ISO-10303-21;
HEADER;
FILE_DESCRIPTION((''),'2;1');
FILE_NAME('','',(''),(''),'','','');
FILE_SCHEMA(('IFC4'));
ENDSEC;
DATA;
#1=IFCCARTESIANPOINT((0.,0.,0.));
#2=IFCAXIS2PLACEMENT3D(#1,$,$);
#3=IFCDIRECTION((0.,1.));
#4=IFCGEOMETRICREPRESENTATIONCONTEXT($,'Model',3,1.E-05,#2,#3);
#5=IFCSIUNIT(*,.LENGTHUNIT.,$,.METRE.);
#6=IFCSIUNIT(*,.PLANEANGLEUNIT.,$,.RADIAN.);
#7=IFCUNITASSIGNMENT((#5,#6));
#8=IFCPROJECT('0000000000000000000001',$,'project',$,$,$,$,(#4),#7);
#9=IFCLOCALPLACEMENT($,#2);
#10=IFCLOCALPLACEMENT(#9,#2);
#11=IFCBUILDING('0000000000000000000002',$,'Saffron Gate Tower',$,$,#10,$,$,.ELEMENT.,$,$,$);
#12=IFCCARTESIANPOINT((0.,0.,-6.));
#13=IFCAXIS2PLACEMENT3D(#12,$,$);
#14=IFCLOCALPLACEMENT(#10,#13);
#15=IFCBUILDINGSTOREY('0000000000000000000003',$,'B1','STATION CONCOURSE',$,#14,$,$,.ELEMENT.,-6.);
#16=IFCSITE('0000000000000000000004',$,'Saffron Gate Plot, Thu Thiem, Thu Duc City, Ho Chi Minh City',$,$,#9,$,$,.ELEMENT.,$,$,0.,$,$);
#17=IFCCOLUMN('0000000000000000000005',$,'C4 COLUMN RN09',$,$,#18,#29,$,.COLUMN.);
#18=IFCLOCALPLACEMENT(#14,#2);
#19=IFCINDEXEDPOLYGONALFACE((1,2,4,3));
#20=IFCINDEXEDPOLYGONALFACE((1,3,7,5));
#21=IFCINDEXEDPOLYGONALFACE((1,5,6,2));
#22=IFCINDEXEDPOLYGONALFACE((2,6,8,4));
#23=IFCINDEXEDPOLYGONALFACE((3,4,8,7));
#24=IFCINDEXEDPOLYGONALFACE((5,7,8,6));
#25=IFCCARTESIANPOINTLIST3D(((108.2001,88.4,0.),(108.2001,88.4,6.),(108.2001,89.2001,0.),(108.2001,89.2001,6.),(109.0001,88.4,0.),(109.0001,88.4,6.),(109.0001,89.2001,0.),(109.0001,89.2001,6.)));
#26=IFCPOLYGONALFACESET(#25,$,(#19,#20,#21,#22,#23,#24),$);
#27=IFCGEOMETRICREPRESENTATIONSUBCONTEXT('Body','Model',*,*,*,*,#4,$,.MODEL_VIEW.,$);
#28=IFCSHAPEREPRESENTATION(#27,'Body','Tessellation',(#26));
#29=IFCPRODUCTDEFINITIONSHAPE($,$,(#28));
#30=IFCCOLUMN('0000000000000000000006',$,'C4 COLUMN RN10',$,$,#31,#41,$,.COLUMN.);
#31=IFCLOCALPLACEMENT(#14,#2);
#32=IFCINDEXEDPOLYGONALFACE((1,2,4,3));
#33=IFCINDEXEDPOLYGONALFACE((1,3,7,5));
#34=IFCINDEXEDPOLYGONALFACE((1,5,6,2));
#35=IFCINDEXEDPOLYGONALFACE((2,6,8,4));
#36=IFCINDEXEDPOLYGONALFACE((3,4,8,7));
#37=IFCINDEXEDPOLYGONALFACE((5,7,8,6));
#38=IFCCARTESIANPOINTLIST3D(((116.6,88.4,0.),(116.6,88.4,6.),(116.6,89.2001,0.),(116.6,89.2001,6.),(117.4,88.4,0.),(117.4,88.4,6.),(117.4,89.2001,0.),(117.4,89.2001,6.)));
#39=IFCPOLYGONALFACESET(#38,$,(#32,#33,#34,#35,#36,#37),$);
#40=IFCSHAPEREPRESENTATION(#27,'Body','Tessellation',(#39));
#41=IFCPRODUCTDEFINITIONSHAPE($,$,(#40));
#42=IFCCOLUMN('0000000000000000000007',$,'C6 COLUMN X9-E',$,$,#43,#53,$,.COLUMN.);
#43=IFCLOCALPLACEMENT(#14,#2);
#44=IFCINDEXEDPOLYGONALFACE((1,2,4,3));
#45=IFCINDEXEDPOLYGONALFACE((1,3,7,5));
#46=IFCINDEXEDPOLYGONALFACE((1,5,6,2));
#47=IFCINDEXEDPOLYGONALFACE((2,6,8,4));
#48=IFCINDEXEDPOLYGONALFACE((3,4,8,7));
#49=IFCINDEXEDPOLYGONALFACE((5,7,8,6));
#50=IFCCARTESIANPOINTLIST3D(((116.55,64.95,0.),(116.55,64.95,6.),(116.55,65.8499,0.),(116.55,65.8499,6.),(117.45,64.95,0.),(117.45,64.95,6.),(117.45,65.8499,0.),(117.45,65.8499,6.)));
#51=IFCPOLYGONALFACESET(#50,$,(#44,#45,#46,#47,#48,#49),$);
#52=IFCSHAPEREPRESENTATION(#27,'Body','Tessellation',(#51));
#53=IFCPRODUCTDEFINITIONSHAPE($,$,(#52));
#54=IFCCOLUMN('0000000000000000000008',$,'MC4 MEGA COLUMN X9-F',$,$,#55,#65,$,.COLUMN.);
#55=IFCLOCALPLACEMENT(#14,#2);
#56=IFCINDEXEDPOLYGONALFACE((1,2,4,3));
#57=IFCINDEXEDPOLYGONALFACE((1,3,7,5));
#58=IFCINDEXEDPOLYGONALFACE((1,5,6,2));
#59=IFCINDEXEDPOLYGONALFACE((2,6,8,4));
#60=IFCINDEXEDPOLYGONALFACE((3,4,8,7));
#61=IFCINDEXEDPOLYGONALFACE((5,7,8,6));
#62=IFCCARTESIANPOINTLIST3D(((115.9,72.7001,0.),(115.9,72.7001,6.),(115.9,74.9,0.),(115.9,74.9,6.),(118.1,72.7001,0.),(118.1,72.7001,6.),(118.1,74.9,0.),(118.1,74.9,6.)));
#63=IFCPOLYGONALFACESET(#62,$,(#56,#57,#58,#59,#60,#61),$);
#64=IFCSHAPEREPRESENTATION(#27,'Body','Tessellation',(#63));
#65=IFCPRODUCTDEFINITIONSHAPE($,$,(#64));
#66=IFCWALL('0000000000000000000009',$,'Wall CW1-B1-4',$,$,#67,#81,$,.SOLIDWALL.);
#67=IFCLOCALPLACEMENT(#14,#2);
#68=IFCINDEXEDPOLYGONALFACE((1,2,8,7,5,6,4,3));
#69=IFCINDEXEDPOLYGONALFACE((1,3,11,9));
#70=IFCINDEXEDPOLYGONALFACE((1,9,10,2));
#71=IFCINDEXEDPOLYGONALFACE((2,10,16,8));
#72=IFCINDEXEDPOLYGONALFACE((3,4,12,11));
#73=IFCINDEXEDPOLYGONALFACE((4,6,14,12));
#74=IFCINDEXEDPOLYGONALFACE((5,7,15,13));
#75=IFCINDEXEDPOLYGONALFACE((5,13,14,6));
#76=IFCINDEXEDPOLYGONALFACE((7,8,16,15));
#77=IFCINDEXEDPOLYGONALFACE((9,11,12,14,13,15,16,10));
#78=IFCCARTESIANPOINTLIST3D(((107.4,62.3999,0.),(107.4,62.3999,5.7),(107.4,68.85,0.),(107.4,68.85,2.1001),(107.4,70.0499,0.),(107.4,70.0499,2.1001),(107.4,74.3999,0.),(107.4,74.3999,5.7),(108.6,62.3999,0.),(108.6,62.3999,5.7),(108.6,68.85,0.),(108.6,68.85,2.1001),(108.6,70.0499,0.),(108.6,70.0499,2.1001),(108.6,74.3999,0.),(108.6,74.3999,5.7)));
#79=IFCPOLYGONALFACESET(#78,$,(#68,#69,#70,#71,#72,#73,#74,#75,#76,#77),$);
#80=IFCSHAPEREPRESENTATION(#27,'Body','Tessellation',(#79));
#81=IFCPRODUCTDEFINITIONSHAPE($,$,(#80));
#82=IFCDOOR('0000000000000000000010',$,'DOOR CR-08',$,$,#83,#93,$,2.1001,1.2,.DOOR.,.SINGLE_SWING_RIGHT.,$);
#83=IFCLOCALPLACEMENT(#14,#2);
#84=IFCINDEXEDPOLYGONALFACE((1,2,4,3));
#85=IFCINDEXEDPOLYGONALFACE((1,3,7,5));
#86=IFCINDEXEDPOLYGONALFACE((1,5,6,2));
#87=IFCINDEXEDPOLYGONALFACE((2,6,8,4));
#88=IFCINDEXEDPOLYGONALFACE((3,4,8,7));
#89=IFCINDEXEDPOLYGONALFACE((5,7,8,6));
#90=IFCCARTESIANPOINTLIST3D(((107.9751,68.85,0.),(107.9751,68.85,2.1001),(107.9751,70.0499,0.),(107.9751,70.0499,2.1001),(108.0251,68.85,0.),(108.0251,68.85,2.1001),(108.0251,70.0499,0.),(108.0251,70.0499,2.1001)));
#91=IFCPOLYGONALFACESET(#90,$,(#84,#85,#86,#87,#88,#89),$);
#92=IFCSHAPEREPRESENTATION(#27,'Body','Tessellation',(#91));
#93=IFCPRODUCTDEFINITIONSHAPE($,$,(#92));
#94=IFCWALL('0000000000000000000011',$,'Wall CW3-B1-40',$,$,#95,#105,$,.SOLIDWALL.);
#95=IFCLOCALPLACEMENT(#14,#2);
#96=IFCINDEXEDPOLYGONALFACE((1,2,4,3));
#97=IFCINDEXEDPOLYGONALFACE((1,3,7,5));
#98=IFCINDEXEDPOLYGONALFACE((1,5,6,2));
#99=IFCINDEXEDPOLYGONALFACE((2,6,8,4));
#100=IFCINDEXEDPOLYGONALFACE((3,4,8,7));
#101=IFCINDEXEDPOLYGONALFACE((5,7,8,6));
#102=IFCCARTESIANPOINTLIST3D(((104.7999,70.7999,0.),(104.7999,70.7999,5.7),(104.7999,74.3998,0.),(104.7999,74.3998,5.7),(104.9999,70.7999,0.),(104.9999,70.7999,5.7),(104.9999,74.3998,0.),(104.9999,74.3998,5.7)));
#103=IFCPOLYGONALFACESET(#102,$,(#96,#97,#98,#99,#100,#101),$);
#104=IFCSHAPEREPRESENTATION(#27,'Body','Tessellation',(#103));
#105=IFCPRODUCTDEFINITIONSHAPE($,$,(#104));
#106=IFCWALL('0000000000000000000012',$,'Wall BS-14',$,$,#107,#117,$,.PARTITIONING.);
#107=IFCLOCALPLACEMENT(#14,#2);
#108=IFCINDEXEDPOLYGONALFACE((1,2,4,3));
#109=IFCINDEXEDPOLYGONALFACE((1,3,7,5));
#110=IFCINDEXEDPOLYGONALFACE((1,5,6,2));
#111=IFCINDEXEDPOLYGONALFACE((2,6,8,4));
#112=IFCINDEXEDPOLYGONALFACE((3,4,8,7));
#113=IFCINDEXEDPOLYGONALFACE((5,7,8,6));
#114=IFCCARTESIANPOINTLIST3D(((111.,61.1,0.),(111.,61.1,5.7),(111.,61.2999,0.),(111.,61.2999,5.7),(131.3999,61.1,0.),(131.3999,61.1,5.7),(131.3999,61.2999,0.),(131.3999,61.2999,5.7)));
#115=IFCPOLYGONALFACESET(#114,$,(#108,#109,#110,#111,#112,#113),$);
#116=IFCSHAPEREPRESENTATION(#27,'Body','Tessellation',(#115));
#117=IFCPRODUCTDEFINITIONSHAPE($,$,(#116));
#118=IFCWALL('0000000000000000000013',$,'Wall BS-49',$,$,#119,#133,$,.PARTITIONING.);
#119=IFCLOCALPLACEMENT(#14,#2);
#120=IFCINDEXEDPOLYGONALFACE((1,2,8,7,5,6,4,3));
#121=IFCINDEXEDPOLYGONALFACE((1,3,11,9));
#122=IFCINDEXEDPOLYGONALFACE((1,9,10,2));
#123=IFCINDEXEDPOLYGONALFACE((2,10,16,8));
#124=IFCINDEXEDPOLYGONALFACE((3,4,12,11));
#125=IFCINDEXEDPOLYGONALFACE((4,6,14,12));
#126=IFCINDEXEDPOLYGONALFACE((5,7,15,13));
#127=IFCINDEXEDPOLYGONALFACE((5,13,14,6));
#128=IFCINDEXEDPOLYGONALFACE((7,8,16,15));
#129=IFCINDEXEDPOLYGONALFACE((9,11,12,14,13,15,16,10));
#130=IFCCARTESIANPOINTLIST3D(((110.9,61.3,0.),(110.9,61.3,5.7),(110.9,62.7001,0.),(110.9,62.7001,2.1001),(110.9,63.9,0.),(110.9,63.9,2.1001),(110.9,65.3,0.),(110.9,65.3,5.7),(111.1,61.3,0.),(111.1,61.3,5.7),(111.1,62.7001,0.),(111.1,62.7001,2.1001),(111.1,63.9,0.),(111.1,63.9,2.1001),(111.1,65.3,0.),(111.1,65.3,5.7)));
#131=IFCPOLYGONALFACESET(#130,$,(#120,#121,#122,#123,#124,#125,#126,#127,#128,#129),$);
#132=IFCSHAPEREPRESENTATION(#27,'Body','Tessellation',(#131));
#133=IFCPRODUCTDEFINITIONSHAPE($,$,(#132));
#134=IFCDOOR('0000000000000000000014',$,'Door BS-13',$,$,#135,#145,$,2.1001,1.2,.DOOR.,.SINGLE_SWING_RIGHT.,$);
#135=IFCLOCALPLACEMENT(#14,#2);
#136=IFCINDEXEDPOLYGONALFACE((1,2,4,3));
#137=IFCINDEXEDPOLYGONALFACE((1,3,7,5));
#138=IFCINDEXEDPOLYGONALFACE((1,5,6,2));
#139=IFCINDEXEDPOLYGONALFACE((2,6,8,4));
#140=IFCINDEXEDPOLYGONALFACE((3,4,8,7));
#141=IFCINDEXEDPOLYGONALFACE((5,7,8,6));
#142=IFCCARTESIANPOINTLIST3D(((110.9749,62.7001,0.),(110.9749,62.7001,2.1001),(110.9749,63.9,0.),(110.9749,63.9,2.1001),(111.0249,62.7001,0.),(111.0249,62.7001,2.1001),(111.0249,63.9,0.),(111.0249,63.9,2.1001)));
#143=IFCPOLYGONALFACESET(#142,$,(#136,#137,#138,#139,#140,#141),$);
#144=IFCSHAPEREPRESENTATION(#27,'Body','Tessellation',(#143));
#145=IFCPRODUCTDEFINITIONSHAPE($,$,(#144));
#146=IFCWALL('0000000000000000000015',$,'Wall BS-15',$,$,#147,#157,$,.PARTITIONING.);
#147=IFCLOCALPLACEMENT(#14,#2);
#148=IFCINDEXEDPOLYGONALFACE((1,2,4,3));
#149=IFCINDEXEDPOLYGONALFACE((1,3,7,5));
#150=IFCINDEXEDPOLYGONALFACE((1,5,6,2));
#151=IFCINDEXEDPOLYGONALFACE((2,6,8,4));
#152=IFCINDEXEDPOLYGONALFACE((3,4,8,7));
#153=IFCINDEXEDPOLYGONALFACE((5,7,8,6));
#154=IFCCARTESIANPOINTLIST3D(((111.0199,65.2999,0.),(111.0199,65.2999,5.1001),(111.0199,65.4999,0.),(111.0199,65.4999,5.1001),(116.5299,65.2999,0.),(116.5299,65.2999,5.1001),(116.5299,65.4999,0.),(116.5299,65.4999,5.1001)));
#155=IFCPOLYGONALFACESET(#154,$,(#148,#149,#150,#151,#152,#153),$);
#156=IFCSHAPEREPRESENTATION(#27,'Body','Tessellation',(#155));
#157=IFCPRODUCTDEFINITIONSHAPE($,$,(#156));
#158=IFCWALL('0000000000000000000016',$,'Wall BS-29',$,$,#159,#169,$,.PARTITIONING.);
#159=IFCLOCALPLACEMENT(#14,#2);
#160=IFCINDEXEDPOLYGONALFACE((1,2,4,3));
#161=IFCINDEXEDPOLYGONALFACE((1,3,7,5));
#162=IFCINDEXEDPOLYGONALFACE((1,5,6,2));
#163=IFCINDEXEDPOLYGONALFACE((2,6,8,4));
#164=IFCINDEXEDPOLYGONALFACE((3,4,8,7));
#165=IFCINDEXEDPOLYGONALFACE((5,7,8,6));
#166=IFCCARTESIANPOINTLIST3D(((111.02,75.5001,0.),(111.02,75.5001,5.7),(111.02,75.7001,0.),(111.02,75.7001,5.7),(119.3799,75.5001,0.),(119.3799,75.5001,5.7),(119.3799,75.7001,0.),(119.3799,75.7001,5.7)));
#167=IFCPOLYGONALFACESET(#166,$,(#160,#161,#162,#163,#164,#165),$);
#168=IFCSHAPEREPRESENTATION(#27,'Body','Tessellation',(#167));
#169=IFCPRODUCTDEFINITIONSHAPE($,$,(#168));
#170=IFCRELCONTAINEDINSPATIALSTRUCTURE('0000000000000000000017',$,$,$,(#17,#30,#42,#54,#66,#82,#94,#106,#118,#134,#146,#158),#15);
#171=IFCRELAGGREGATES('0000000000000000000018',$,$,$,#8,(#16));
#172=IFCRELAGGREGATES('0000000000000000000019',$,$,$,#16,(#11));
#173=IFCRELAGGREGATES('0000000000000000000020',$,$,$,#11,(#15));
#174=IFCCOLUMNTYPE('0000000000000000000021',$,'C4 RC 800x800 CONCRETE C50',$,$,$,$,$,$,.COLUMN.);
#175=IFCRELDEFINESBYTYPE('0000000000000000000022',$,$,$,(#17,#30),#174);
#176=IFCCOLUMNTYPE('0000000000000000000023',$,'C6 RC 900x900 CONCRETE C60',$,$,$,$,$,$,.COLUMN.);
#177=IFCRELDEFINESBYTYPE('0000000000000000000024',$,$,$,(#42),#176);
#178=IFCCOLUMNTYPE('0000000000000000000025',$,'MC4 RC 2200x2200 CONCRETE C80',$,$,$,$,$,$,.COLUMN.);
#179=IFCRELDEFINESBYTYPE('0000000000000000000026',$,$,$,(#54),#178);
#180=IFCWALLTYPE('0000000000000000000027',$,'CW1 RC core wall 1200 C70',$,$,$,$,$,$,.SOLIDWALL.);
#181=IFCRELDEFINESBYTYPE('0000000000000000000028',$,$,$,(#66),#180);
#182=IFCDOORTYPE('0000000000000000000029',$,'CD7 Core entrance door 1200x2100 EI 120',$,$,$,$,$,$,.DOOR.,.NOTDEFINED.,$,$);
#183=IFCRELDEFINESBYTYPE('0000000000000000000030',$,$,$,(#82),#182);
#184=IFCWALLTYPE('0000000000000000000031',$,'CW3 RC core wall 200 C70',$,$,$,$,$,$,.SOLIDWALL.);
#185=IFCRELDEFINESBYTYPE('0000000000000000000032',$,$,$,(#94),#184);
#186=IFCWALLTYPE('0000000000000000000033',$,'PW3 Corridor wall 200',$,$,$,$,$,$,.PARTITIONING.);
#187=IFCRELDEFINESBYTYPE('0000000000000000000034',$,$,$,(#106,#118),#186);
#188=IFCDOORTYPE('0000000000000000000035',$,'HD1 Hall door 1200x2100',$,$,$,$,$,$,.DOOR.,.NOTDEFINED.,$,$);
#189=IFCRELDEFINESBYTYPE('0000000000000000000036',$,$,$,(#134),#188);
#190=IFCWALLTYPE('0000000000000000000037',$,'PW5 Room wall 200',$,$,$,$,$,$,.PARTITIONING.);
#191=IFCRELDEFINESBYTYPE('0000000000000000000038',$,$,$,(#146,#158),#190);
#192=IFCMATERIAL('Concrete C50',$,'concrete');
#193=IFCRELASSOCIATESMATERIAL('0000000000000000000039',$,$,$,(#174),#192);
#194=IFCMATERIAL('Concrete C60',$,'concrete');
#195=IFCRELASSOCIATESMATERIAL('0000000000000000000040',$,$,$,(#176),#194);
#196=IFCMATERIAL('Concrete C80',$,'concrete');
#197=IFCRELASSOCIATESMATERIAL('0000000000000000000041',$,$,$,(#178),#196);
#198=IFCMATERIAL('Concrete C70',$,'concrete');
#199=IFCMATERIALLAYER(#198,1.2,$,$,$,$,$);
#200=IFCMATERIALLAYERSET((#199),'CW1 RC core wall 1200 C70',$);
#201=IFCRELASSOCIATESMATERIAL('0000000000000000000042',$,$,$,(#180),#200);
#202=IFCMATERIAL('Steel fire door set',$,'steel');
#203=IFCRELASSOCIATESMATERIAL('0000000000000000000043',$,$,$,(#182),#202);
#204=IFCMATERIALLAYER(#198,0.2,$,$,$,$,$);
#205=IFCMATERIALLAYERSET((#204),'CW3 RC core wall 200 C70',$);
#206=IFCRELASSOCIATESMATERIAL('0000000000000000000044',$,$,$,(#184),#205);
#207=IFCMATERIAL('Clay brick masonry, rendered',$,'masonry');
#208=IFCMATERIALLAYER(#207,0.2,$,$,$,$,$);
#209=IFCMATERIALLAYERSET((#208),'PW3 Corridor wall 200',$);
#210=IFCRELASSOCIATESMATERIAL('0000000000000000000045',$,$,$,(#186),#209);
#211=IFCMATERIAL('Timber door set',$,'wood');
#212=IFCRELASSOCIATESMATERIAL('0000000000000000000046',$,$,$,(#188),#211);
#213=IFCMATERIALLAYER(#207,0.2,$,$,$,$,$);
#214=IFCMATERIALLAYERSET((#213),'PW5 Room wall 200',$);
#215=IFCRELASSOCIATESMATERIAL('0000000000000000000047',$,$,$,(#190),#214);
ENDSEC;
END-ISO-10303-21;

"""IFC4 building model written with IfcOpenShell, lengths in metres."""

from ifc_helpers import new_model, si_unit, direction, frame, frame_2d, origin, origin_2d, place, context, subcontext, project, spatial, rectangle, extrude, material, layer, layer_set, material_profile, profile_set, type_object, element, fill, save


model = new_model("IFC4")

# Units and contexts
model_context = context("Model", 3, precision=1e-05, world=origin(), true_north=direction((0.0, 1.0)))
body_context = subcontext(model_context, "Body", "Model", "MODEL_VIEW")
ifc_project = project(units=[si_unit("LENGTHUNIT", "METRE"), si_unit("PLANEANGLEUNIT", "RADIAN")], contexts=[model_context])

# Site, building, storey
site_placement = place(None, origin())
site = spatial("IfcSite", under=ifc_project, at=site_placement, Name="Saffron Gate Plot, Thu Thiem, Thu Duc City, Ho Chi Minh City", CompositionType="ELEMENT", RefElevation=0.0)
building_placement = place(site_placement, origin())
building = spatial("IfcBuilding", under=site, at=building_placement, Name="Saffron Gate Tower", CompositionType="ELEMENT")
storey_placement = place(building_placement, frame((0.0, 0.0, -6.0)))
storey = spatial("IfcBuildingStorey", under=building, at=storey_placement, Name="B1", Description="STATION CONCOURSE", CompositionType="ELEMENT", Elevation=-6.0)

# Columns
ifc_material_1 = material(Name="Concrete C50", Category="concrete")
ifc_material_profile_1 = material_profile(ifc_material_1, rectangle(XDim=0.8, YDim=0.8, at=origin_2d()))
ifc_profile_set_1 = profile_set([ifc_material_profile_1], Name="Concrete C50")
column_type_1 = type_object("IfcColumnType", Name="C4 RC 800x800 CONCRETE C50", PredefinedType="COLUMN", material=ifc_profile_set_1)
for number, where, z_axis, x_axis, name in (
    (1, (108.6001, 88.8, 0.0), (0.0, 0.0, 1.0), (1.0, 0.0, 0.0), "C4 COLUMN RN09"),
    (2, (117.0, 88.8, 0.0), (0.0, 0.0, 1.0), (1.0, 0.0, 0.0), "C4 COLUMN RN10"),
):
    element("IfcColumn", number, at=place(storey_placement, frame(where, z_axis=z_axis, x_axis=x_axis)), inside=storey, type_object=column_type_1, Name=name, PredefinedType="COLUMN", context=body_context, shape_type="SweptSolid", body=[
        extrude(rectangle(XDim=0.8, YDim=0.8, at=origin_2d()), origin(), (0.0, 0.0, 1.0), 6.0),
    ])
ifc_material_2 = material(Name="Concrete C60", Category="concrete")
ifc_material_profile_2 = material_profile(ifc_material_2, rectangle(XDim=0.8999, YDim=0.8999, at=origin_2d()))
ifc_profile_set_2 = profile_set([ifc_material_profile_2], Name="Concrete C60")
column_type_2 = type_object("IfcColumnType", Name="C6 RC 900x900 CONCRETE C60", PredefinedType="COLUMN", material=ifc_profile_set_2)
column_1_placement = place(storey_placement, frame((117.0, 65.3999, 0.0), z_axis=(0.0, 0.0, 1.0), x_axis=(1.0, 0.0, 0.0)))
element("IfcColumn", 3, at=column_1_placement, inside=storey, type_object=column_type_2, Name="C6 COLUMN X9-E", PredefinedType="COLUMN", context=body_context, shape_type="SweptSolid", body=[
    extrude(rectangle(XDim=0.8999, YDim=0.8999, at=origin_2d()), origin(), (0.0, 0.0, 1.0), 6.0),
])
ifc_material_3 = material(Name="Concrete C80", Category="concrete")
ifc_material_profile_3 = material_profile(ifc_material_3, rectangle(XDim=2.2, YDim=2.2, at=origin_2d()))
ifc_profile_set_3 = profile_set([ifc_material_profile_3], Name="Concrete C80")
column_type_3 = type_object("IfcColumnType", Name="MC4 RC 2200x2200 CONCRETE C80", PredefinedType="COLUMN", material=ifc_profile_set_3)
column_2_placement = place(storey_placement, frame((117.0, 73.8, 0.0), z_axis=(0.0, 0.0, 1.0), x_axis=(1.0, 0.0, 0.0)))
element("IfcColumn", 4, at=column_2_placement, inside=storey, type_object=column_type_3, Name="MC4 MEGA COLUMN X9-F", PredefinedType="COLUMN", context=body_context, shape_type="SweptSolid", body=[
    extrude(rectangle(XDim=2.2, YDim=2.2, at=origin_2d()), origin(), (0.0, 0.0, 1.0), 6.0),
])

# Wall, opening, door
ifc_material_4 = material(Name="Concrete C70", Category="concrete")
ifc_layer_1 = layer(ifc_material_4, 1.2)
ifc_layer_set_1 = layer_set([ifc_layer_1], Name="CW1 RC core wall 1200 C70")
wall_type_1 = type_object("IfcWallType", Name="CW1 RC core wall 1200 C70", PredefinedType="SOLIDWALL", material=ifc_layer_set_1)
wall_1_placement = place(storey_placement, frame((108.0, 62.3999, 0.0), z_axis=(0.0, 0.0, 1.0), x_axis=(0.0, 1.0, 0.0)))
wall_1 = element("IfcWall", 5, at=wall_1_placement, inside=storey, type_object=wall_type_1, Name="Wall CW1-B1-4", PredefinedType="SOLIDWALL", context=body_context, shape_type="SweptSolid", body=[
    extrude(rectangle(XDim=12.0, YDim=1.2, at=frame_2d((6.0, 0.0))), origin(), (0.0, 0.0, 1.0), 5.7),
])
opening_1_placement = place(wall_1_placement, frame((6.45, 0.0, 0.0)))
opening_1 = element("IfcOpeningElement", 6, at=opening_1_placement, cuts=wall_1, PredefinedType="OPENING", context=body_context, shape_type="SweptSolid", body=[
    extrude(rectangle(XDim=1.2, YDim=2.1001, at=frame_2d((0.6001, 1.05))), frame((0.0, 0.6099, 0.0), z_axis=(0.0, -1.0, 0.0), x_axis=(1.0, 0.0, 0.0)), (0.0, 0.0, 1.0), 1.22),
])
ifc_material_5 = material(Name="Steel fire door set", Category="steel")
door_type_1 = type_object("IfcDoorType", Name="CD7 Core entrance door 1200x2100 EI 120", OperationType="NOTDEFINED", PredefinedType="DOOR", material=ifc_material_5)
door_1_placement = place(opening_1_placement, origin())
door_1 = element("IfcDoor", 7, at=door_1_placement, inside=storey, type_object=door_type_1, Name="DOOR CR-08", OperationType="SINGLE_SWING_RIGHT", OverallHeight=2.1001, OverallWidth=1.2, PredefinedType="DOOR", context=body_context, shape_type="SweptSolid", body=[
    extrude(rectangle(XDim=1.2, YDim=2.1001, at=frame_2d((0.6001, 1.05))), frame((0.0, 0.0249, 0.0), z_axis=(0.0, -1.0, 0.0), x_axis=(1.0, 0.0, 0.0)), (0.0, 0.0, 1.0), 0.05),
])
fill(opening_1, door_1)

# Walls
ifc_layer_2 = layer(ifc_material_4, 0.2)
ifc_layer_set_2 = layer_set([ifc_layer_2], Name="CW3 RC core wall 200 C70")
wall_type_2 = type_object("IfcWallType", Name="CW3 RC core wall 200 C70", PredefinedType="SOLIDWALL", material=ifc_layer_set_2)
wall_2_placement = place(storey_placement, frame((104.8999, 70.8, 0.0), z_axis=(0.0, 0.0, 1.0), x_axis=(0.0, 1.0, 0.0)))
element("IfcWall", 8, at=wall_2_placement, inside=storey, type_object=wall_type_2, Name="Wall CW3-B1-40", PredefinedType="SOLIDWALL", context=body_context, shape_type="SweptSolid", body=[
    extrude(rectangle(XDim=3.5999, YDim=0.2, at=frame_2d((1.7998, 0.0))), origin(), (0.0, 0.0, 1.0), 5.7),
])
ifc_material_6 = material(Name="Clay brick masonry, rendered", Category="masonry")
ifc_layer_3 = layer(ifc_material_6, 0.2)
ifc_layer_set_3 = layer_set([ifc_layer_3], Name="PW3 Corridor wall 200")
wall_type_3 = type_object("IfcWallType", Name="PW3 Corridor wall 200", PredefinedType="PARTITIONING", material=ifc_layer_set_3)
wall_3_placement = place(storey_placement, frame((111.0, 61.2, 0.0), z_axis=(0.0, 0.0, 1.0), x_axis=(1.0, 0.0, 0.0)))
element("IfcWall", 9, at=wall_3_placement, inside=storey, type_object=wall_type_3, Name="Wall BS-14", PredefinedType="PARTITIONING", context=body_context, shape_type="SweptSolid", body=[
    extrude(rectangle(XDim=20.3999, YDim=0.2, at=frame_2d((10.2, 0.0))), origin(), (0.0, 0.0, 1.0), 5.7),
])

# Wall, opening, door
wall_4_placement = place(storey_placement, frame((111.0, 65.3, 0.0), z_axis=(0.0, 0.0, 1.0), x_axis=(0.0, -1.0, 0.0)))
wall_4 = element("IfcWall", 10, at=wall_4_placement, inside=storey, type_object=wall_type_3, Name="Wall BS-49", PredefinedType="PARTITIONING", context=body_context, shape_type="SweptSolid", body=[
    extrude(rectangle(XDim=4.0, YDim=0.2, at=frame_2d((2.0, 0.0))), origin(), (0.0, 0.0, 1.0), 5.7),
])
opening_2_placement = place(wall_4_placement, frame((1.3999, 0.0, 0.0)))
opening_2 = element("IfcOpeningElement", 11, at=opening_2_placement, cuts=wall_4, PredefinedType="OPENING", context=body_context, shape_type="SweptSolid", body=[
    extrude(rectangle(XDim=1.2, YDim=2.1001, at=frame_2d((0.6001, 1.05))), frame((0.0, 0.1099, 0.0), z_axis=(0.0, -1.0, 0.0), x_axis=(1.0, 0.0, 0.0)), (0.0, 0.0, 1.0), 0.22),
])
ifc_material_7 = material(Name="Timber door set", Category="wood")
door_type_2 = type_object("IfcDoorType", Name="HD1 Hall door 1200x2100", OperationType="NOTDEFINED", PredefinedType="DOOR", material=ifc_material_7)
door_2_placement = place(opening_2_placement, origin())
door_2 = element("IfcDoor", 12, at=door_2_placement, inside=storey, type_object=door_type_2, Name="Door BS-13", OperationType="SINGLE_SWING_RIGHT", OverallHeight=2.1001, OverallWidth=1.2, PredefinedType="DOOR", context=body_context, shape_type="SweptSolid", body=[
    extrude(rectangle(XDim=1.2, YDim=2.1001, at=frame_2d((0.6001, 1.05))), frame((0.0, 0.0249, 0.0), z_axis=(0.0, -1.0, 0.0), x_axis=(1.0, 0.0, 0.0)), (0.0, 0.0, 1.0), 0.05),
])
fill(opening_2, door_2)

# Walls
ifc_layer_4 = layer(ifc_material_6, 0.2)
ifc_layer_set_4 = layer_set([ifc_layer_4], Name="PW5 Room wall 200")
wall_type_4 = type_object("IfcWallType", Name="PW5 Room wall 200", PredefinedType="PARTITIONING", material=ifc_layer_set_4)
wall_5_placement = place(storey_placement, frame((111.02, 65.3999, 0.0), z_axis=(0.0, 0.0, 1.0), x_axis=(1.0, 0.0, 0.0)))
element("IfcWall", 13, at=wall_5_placement, inside=storey, type_object=wall_type_4, Name="Wall BS-15", PredefinedType="PARTITIONING", context=body_context, shape_type="SweptSolid", body=[
    extrude(rectangle(XDim=5.51, YDim=0.2, at=frame_2d((2.7549, 0.0))), origin(), (0.0, 0.0, 1.0), 5.1001),
])
wall_6_placement = place(storey_placement, frame((111.02, 75.6001, 0.0), z_axis=(0.0, 0.0, 1.0), x_axis=(1.0, 0.0, 0.0)))
element("IfcWall", 14, at=wall_6_placement, inside=storey, type_object=wall_type_4, Name="Wall BS-29", PredefinedType="PARTITIONING", context=body_context, shape_type="SweptSolid", body=[
    extrude(rectangle(XDim=8.3599, YDim=0.2, at=frame_2d((4.1799, 0.0))), origin(), (0.0, 0.0, 1.0), 5.7),
])

save(model, "model.ifc")
